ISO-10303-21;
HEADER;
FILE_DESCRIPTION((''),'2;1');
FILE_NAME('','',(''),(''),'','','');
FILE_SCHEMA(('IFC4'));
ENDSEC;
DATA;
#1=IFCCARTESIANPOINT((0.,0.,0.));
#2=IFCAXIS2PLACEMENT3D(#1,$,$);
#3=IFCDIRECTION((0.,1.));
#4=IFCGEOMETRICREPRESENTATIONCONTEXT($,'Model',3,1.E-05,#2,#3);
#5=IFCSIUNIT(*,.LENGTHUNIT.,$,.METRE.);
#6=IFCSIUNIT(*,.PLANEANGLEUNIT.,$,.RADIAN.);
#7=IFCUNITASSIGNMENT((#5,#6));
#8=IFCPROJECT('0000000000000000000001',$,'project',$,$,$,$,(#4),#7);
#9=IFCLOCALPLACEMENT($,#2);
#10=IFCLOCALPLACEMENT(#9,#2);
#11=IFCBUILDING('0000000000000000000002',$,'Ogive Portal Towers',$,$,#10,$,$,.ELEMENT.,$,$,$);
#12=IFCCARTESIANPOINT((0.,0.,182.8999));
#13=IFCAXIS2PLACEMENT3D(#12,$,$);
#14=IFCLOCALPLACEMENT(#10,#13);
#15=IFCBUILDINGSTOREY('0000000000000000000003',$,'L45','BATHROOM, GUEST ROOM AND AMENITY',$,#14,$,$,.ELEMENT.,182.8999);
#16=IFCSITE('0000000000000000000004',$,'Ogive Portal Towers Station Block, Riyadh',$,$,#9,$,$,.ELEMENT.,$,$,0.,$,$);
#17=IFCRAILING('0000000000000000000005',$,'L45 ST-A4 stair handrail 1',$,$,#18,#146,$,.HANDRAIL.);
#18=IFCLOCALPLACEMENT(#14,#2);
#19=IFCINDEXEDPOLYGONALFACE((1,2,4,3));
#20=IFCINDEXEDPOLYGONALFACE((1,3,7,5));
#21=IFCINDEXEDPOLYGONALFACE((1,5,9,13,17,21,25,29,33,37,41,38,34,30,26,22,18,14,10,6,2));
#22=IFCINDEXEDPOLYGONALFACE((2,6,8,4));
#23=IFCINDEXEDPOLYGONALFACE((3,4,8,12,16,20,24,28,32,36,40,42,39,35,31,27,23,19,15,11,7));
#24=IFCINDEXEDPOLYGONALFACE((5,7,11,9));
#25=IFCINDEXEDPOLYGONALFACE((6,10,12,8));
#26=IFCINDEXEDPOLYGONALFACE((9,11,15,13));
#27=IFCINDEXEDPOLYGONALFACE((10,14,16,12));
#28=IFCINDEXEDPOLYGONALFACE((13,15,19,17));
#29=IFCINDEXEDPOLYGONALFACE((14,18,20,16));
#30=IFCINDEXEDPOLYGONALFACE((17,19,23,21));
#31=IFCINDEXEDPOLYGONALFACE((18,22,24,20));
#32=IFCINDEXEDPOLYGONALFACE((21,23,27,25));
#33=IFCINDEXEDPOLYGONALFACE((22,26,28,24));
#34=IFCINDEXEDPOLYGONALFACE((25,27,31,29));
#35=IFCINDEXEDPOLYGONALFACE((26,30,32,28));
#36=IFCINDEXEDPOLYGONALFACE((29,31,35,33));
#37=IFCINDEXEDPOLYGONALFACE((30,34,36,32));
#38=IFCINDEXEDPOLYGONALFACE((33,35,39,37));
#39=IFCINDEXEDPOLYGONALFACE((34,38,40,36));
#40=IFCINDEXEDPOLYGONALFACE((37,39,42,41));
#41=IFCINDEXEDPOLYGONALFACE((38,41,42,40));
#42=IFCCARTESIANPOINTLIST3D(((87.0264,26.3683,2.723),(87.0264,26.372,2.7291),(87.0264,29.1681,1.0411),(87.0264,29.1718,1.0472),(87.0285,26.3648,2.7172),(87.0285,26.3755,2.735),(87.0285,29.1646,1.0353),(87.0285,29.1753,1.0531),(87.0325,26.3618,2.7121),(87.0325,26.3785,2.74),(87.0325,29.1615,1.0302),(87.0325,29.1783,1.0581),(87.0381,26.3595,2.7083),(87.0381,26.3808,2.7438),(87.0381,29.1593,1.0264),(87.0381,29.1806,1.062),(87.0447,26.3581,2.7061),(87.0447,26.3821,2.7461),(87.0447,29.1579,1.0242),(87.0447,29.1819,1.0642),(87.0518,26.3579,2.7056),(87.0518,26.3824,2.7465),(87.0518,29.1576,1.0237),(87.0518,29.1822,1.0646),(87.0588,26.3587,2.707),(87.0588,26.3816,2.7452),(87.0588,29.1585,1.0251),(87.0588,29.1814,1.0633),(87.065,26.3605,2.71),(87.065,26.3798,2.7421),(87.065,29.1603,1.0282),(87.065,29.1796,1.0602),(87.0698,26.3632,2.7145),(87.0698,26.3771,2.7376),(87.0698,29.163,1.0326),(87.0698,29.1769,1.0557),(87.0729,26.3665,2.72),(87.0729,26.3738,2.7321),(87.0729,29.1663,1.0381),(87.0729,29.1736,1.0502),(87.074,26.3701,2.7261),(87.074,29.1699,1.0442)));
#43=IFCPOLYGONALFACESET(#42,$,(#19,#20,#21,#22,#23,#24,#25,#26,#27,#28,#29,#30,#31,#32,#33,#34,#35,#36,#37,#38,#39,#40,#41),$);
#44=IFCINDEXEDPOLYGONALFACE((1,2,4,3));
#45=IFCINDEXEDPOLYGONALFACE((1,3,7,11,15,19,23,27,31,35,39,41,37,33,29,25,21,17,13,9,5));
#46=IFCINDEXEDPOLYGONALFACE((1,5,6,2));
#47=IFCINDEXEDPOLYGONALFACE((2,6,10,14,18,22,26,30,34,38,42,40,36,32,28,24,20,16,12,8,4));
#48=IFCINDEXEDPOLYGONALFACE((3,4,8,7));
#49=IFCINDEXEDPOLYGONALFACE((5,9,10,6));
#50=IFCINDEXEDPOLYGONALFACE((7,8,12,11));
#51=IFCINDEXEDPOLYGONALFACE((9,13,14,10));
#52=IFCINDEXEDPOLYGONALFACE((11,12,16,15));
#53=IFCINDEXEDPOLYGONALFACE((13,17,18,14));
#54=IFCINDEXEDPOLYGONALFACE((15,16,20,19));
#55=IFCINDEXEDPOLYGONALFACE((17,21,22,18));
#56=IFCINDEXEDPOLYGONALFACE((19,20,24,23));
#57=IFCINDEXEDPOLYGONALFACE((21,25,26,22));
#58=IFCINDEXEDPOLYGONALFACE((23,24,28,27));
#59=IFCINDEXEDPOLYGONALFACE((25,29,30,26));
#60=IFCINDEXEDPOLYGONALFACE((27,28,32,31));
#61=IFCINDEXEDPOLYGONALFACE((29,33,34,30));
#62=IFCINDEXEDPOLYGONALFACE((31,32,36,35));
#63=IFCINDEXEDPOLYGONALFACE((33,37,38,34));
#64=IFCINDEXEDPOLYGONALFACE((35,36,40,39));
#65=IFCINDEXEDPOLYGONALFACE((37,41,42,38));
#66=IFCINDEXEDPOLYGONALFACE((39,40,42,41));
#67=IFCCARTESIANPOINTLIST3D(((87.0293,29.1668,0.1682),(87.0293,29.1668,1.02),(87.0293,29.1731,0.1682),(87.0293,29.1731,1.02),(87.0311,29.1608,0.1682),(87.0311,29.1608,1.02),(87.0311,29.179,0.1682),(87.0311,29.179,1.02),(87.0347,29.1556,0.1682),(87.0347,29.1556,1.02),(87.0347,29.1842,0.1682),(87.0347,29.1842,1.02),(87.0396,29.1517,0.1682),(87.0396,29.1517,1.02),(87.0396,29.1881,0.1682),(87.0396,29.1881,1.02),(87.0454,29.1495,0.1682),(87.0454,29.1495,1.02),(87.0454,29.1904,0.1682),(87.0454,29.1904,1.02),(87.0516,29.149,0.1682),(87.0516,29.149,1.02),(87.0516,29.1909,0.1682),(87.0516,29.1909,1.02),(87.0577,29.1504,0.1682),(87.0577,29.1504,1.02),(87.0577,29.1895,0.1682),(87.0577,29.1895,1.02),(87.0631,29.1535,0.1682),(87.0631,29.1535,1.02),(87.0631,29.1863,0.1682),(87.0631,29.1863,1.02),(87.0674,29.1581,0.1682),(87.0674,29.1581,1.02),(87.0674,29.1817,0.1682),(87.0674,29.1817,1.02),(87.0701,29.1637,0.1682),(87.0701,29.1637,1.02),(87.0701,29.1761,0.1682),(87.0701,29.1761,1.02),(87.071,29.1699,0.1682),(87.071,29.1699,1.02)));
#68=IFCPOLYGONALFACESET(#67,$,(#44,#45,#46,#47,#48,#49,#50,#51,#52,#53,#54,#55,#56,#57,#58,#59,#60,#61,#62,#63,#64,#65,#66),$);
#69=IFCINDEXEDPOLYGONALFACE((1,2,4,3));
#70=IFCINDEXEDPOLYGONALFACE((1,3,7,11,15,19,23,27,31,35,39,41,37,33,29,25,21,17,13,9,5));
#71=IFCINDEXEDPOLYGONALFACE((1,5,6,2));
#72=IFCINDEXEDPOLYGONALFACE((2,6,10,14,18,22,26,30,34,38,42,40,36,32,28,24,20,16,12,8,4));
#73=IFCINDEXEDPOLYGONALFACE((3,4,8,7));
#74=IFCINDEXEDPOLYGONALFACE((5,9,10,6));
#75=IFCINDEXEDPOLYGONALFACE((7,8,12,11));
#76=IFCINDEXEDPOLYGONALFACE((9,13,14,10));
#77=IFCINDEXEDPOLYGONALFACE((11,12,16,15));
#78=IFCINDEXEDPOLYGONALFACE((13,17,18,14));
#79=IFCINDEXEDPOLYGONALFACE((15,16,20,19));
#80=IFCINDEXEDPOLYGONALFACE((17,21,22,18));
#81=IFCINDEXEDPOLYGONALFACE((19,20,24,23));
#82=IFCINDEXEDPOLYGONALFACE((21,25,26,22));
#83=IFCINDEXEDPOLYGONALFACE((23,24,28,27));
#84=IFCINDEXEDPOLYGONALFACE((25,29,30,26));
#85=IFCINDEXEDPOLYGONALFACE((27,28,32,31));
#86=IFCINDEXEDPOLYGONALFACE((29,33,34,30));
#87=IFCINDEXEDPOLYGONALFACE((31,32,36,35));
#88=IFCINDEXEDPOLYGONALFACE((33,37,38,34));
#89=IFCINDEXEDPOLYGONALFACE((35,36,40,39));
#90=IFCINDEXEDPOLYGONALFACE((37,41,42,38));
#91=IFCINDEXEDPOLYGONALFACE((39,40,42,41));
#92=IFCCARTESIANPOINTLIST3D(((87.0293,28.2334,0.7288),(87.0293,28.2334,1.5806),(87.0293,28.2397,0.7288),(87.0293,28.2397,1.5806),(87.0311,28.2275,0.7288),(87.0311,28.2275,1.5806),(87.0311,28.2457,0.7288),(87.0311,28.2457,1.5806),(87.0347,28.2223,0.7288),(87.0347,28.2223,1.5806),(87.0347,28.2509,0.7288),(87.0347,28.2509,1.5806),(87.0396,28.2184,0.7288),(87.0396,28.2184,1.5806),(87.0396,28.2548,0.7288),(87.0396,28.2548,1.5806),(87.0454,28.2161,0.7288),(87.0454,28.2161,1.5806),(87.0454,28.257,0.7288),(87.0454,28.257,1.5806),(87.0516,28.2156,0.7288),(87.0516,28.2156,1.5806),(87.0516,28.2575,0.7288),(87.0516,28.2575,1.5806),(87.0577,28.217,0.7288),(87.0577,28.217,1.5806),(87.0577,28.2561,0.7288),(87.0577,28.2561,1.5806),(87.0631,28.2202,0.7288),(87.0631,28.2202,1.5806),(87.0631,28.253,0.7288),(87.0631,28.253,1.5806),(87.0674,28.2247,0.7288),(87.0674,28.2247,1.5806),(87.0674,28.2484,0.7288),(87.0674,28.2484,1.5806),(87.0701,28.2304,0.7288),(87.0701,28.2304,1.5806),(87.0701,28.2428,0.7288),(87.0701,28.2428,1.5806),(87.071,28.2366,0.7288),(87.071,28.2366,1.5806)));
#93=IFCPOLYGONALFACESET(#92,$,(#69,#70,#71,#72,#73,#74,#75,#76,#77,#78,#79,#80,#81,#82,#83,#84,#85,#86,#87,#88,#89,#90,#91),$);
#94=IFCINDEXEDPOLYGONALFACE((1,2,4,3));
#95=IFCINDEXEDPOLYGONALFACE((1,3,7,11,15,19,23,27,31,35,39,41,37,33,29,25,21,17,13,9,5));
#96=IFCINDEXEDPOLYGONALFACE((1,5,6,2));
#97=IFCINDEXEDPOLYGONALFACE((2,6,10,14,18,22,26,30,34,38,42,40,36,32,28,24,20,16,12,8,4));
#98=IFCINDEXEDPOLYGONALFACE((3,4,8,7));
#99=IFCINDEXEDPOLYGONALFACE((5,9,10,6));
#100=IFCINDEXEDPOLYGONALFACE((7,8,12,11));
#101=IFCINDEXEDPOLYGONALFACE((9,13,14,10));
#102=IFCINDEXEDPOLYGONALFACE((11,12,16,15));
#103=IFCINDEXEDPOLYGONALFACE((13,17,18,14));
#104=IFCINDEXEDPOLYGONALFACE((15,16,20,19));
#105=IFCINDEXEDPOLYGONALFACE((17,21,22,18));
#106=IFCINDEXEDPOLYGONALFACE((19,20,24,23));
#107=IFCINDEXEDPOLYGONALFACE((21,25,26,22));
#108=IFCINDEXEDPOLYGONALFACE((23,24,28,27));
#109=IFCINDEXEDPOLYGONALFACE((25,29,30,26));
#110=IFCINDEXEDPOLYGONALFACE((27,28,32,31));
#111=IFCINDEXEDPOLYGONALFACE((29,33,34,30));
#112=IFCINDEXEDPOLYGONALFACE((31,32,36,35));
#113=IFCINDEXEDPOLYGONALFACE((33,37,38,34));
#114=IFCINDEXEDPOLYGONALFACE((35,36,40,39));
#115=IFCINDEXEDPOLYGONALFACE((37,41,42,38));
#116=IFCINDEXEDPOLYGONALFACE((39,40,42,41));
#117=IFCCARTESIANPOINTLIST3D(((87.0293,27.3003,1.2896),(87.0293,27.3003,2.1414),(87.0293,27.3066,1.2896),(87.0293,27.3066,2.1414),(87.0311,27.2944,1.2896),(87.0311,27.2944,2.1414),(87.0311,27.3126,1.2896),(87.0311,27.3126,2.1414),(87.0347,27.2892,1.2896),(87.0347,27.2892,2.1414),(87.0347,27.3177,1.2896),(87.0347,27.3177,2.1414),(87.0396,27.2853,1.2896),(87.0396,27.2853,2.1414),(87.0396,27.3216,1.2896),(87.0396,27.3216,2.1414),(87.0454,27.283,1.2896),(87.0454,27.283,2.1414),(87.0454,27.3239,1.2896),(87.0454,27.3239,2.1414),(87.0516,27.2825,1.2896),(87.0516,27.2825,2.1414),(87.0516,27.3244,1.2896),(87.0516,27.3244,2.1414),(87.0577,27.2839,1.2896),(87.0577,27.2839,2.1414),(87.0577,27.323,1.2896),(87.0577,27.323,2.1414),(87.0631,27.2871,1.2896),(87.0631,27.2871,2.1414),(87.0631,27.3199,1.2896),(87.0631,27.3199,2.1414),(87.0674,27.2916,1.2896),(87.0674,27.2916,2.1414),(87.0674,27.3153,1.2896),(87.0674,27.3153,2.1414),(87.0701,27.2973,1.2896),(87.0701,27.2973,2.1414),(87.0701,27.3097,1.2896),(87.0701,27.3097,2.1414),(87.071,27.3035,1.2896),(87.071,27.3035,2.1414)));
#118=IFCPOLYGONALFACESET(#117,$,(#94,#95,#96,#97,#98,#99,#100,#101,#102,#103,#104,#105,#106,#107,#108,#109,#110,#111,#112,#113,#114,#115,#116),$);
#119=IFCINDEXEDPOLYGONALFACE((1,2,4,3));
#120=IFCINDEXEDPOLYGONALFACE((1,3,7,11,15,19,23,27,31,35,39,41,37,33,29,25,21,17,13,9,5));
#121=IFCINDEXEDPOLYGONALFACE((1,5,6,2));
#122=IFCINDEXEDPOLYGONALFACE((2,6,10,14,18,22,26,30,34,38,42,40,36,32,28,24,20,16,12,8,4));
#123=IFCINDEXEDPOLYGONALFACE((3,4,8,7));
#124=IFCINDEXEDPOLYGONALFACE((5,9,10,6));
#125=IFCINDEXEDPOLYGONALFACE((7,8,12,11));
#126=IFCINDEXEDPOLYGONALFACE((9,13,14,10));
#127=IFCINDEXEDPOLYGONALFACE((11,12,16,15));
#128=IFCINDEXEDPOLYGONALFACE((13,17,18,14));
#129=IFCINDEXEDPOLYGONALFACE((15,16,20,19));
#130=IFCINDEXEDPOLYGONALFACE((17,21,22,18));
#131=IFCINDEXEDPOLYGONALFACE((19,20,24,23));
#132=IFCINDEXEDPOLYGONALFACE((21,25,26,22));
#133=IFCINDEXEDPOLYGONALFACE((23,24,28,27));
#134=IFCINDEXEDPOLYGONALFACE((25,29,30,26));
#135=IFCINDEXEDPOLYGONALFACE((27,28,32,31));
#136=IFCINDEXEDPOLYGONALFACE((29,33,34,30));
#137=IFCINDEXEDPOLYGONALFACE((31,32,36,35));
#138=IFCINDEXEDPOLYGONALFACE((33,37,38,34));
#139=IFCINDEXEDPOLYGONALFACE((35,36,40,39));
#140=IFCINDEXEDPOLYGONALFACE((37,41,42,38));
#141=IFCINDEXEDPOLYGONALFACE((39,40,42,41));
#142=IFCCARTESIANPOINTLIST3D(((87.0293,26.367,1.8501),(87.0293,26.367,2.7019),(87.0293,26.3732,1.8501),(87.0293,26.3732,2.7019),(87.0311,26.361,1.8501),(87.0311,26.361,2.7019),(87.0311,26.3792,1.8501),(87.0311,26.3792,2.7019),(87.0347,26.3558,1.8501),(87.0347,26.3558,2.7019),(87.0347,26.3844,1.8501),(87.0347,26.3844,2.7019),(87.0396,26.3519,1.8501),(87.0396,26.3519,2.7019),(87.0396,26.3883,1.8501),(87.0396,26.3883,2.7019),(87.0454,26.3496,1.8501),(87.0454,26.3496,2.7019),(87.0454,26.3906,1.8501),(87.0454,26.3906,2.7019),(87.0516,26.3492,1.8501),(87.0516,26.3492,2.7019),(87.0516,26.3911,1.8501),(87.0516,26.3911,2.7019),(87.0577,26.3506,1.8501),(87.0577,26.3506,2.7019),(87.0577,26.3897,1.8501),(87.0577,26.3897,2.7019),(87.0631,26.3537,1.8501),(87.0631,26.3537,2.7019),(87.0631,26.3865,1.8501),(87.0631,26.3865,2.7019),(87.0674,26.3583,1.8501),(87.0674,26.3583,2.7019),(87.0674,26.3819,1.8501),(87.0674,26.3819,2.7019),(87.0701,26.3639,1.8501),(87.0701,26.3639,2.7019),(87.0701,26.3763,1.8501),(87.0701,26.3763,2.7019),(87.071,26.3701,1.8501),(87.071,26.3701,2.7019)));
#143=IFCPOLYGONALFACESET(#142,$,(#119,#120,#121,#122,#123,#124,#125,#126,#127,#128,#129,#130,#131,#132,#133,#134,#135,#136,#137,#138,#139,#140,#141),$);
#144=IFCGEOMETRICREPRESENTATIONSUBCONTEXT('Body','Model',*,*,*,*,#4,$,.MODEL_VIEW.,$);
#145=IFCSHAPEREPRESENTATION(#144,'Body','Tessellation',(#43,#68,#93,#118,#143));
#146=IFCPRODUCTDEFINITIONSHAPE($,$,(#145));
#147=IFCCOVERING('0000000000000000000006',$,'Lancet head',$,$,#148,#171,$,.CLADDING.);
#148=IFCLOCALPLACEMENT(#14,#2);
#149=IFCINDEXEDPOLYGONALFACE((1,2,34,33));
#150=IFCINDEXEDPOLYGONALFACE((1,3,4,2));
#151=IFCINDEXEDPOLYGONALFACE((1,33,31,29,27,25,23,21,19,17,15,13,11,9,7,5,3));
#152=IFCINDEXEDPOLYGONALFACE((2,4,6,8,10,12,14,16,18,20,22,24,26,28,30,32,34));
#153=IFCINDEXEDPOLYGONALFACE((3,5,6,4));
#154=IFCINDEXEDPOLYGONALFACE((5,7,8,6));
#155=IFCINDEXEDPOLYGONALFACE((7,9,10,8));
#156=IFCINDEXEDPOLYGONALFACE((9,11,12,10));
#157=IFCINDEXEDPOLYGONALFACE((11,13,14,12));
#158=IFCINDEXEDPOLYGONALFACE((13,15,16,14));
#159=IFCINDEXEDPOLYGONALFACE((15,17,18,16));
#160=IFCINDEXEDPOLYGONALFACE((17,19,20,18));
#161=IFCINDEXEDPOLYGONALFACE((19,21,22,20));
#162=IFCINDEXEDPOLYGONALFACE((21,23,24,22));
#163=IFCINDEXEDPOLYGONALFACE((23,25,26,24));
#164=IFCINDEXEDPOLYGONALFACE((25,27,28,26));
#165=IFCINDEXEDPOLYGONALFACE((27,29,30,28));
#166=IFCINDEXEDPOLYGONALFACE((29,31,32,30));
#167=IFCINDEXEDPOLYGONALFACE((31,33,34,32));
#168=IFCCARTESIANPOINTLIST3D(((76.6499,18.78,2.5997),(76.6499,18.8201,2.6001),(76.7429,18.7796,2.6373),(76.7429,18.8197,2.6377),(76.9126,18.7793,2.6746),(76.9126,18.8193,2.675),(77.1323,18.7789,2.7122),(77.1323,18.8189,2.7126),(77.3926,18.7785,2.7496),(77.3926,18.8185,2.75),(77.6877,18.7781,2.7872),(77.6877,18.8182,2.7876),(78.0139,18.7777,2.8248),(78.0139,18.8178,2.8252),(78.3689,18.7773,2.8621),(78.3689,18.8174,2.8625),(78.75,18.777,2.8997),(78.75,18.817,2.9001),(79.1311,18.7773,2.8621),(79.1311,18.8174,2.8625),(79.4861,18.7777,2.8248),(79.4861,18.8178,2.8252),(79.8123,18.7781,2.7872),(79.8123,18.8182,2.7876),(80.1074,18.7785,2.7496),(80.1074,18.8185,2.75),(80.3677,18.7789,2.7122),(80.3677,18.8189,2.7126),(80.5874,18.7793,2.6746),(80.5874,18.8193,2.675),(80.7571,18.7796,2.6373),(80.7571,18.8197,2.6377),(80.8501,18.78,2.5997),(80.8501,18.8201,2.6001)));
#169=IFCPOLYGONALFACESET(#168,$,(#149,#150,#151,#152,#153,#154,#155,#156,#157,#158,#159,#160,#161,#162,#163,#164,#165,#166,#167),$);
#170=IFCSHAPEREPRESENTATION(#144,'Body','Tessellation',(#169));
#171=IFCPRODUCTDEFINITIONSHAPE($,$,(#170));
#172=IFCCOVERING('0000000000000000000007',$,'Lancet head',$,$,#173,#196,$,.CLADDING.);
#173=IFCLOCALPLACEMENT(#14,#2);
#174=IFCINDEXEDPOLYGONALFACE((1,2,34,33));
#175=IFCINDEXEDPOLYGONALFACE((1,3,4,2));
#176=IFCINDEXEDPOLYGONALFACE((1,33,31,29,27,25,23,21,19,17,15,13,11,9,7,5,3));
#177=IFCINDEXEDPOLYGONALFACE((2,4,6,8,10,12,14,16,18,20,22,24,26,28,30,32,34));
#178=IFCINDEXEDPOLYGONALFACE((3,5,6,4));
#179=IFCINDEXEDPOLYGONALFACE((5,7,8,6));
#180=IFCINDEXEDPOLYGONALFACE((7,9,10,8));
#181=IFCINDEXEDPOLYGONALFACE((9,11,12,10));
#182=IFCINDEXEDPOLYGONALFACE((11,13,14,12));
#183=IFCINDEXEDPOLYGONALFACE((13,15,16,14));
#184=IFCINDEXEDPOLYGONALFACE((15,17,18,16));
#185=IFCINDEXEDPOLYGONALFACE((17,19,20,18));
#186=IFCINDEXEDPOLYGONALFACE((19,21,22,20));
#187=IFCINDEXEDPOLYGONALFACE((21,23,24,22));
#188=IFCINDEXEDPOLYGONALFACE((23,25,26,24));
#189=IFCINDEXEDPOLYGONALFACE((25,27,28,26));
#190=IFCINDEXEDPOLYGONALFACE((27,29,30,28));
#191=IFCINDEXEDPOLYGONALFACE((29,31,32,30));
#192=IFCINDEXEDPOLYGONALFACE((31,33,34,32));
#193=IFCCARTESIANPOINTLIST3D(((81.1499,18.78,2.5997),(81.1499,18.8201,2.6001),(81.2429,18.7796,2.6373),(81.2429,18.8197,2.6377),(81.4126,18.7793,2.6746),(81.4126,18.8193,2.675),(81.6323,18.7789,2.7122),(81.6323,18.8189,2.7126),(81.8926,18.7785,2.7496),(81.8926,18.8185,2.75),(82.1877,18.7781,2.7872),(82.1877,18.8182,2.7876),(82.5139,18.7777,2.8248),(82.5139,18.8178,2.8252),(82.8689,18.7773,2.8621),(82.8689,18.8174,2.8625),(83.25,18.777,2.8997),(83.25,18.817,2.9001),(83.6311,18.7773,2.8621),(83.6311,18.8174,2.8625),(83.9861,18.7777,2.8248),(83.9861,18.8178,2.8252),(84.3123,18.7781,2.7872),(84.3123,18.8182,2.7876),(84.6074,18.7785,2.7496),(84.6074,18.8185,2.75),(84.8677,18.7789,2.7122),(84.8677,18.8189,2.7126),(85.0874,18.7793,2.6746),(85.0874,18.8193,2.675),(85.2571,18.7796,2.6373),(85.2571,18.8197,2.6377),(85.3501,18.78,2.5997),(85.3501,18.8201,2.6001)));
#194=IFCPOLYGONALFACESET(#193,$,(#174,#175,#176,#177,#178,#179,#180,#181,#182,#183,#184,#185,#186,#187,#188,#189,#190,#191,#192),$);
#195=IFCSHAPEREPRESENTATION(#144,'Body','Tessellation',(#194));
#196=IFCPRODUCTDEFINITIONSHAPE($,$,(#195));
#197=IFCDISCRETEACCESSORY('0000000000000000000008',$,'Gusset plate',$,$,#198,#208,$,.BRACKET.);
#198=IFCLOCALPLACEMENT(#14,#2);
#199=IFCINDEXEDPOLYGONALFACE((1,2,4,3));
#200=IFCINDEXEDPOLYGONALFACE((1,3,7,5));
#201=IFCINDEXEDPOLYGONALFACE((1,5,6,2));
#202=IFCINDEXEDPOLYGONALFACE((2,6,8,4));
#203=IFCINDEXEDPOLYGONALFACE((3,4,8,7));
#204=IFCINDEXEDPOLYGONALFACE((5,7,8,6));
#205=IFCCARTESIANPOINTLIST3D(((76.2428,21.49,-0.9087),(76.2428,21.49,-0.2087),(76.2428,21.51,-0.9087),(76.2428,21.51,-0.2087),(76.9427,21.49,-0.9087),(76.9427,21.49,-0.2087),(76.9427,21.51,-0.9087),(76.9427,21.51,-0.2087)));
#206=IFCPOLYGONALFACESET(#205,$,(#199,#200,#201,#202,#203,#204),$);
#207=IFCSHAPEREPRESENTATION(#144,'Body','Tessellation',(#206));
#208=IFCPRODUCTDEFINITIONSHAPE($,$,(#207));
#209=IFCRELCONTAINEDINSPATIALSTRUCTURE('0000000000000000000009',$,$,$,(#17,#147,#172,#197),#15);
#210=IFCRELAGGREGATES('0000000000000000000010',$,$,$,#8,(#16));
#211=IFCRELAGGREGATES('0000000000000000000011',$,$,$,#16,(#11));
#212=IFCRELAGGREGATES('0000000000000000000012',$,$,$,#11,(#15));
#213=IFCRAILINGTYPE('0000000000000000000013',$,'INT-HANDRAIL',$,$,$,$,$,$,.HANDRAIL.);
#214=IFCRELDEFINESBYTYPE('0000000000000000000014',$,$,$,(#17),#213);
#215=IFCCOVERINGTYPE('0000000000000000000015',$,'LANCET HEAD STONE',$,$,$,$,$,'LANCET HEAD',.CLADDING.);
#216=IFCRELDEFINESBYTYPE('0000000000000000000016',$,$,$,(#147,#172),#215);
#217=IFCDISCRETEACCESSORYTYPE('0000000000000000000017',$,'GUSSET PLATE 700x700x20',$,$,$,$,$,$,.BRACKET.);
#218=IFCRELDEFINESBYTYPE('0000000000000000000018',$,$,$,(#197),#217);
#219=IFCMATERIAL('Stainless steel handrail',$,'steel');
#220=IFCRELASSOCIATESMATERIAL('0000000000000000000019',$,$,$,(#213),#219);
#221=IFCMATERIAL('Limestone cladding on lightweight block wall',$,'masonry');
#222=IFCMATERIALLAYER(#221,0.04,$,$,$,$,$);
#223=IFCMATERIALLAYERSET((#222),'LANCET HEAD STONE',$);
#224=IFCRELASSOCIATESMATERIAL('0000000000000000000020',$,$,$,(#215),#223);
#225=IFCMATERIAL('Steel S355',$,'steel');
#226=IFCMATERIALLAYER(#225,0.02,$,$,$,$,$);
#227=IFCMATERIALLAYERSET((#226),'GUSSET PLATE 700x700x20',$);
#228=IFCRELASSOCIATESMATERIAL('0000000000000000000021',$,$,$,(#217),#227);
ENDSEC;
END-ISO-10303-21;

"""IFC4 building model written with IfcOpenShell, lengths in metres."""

from ifc_helpers import new_model, si_unit, direction, frame, origin, origin_2d, place, context, subcontext, project, spatial, polyline, rectangle, circle, outline, extrude, material, layer, layer_set, type_object, element, save


model = new_model("IFC4")

# Units and contexts
model_context = context("Model", 3, precision=1e-05, world=origin(), true_north=direction((0.0, 1.0)))
body_context = subcontext(model_context, "Body", "Model", "MODEL_VIEW")
ifc_project = project(units=[si_unit("LENGTHUNIT", "METRE"), si_unit("PLANEANGLEUNIT", "RADIAN")], contexts=[model_context])

# Site, building, storey
site_placement = place(None, origin())
site = spatial("IfcSite", under=ifc_project, at=site_placement, Name="Ogive Portal Towers Station Block, Riyadh", CompositionType="ELEMENT", RefElevation=0.0)
building_placement = place(site_placement, origin())
building = spatial("IfcBuilding", under=site, at=building_placement, Name="Ogive Portal Towers", CompositionType="ELEMENT")
storey_placement = place(building_placement, frame((0.0, 0.0, 182.8999)))
storey = spatial("IfcBuildingStorey", under=building, at=storey_placement, Name="L45", Description="BATHROOM, GUEST ROOM AND AMENITY", CompositionType="ELEMENT", Elevation=182.8999)

# Shared definitions
ifc_material_1 = material(Name="Steel S355", Category="steel")

# Railing
ifc_material_2 = material(Name="Stainless steel handrail", Category="steel")
railing_type = type_object("IfcRailingType", Name="INT-HANDRAIL", PredefinedType="HANDRAIL", material=ifc_material_2)
railing_placement = place(storey_placement, frame((87.05, 29.1699, 0.1682)))
element("IfcRailing", 1, at=railing_placement, inside=storey, type_object=railing_type, Name="L45 ST-A4 stair handrail 1", PredefinedType="HANDRAIL", context=body_context, shape_type="SweptSolid", body=[
    extrude(circle(Radius=0.0239, at=origin_2d()), frame((0.0, 0.0, 0.876), z_axis=(0.0, -0.857222, 0.514946), x_axis=(1.0, 0.0, 0.0)), (0.0, 0.0, 1.0), 3.2661),
    extrude(circle(Radius=0.021, at=origin_2d()), origin(), (0.0, 0.0, 1.0), 0.8518),
    extrude(circle(Radius=0.021, at=origin_2d()), frame((0.0, -0.9333, 0.5605)), (0.0, 0.0, 1.0), 0.8518),
    extrude(circle(Radius=0.021, at=origin_2d()), frame((0.0, -1.8665, 1.1213)), (0.0, 0.0, 1.0), 0.8518),
    extrude(circle(Radius=0.021, at=origin_2d()), frame((0.0, -2.7998, 1.6819)), (0.0, 0.0, 1.0), 0.8518),
])

# Coverings
ifc_material_3 = material(Name="Limestone cladding on lightweight block wall", Category="masonry")
ifc_layer_1 = layer(ifc_material_3, 0.04)
ifc_layer_set_1 = layer_set([ifc_layer_1], Name="LANCET HEAD STONE")
covering_type = type_object("IfcCoveringType", Name="LANCET HEAD STONE", ElementType="LANCET HEAD", PredefinedType="CLADDING", material=ifc_layer_set_1)
for number, where, z_axis, x_axis, name in (
    (2, (76.6499, 18.8201, 2.6001), (0.0, 0.999948, 0.010228), (1.0, 0.0, 0.0), "Lancet head"),
    (3, (81.1499, 18.8201, 2.6001), (0.0, 0.999948, 0.010228), (1.0, 0.0, 0.0), "Lancet head"),
):
    element("IfcCovering", number, at=place(storey_placement, frame(where, z_axis=z_axis, x_axis=x_axis)), inside=storey, type_object=covering_type, Name=name, PredefinedType="CLADDING", context=body_context, shape_type="SweptSolid", body=[
        extrude(outline(polyline([(0.0, 0.0), (4.2002, 0.0), (4.1072, -0.0376), (3.9375, -0.075), (3.7178, -0.1126), (3.4575, -0.1499), (3.1624, -0.1875), (2.8362, -0.2251), (2.4812, -0.2625), (2.1001, -0.3001), (1.719, -0.2625), (1.364, -0.2251), (1.0378, -0.1875), (0.7427, -0.1499), (0.4824, -0.1126), (0.2627, -0.075), (0.093, -0.0376), (0.0, 0.0)])), origin(), (0.0, 0.0, -1.0), 0.04),
    ])

# Discrete accessory
ifc_layer_2 = layer(ifc_material_1, 0.02)
ifc_layer_set_2 = layer_set([ifc_layer_2], Name="GUSSET PLATE 700x700x20")
discrete_accessory_type = type_object("IfcDiscreteAccessoryType", Name="GUSSET PLATE 700x700x20", PredefinedType="BRACKET", material=ifc_layer_set_2)
for number, where, z_axis, x_axis, name in (
    (4, (76.5928, 21.5, -0.9087), (0.0, 0.0, 1.0), (1.0, 0.0, 0.0), "Gusset plate"),
):
    element("IfcDiscreteAccessory", number, at=place(storey_placement, frame(where, z_axis=z_axis, x_axis=x_axis)), inside=storey, type_object=discrete_accessory_type, Name=name, PredefinedType="BRACKET", context=body_context, shape_type="SweptSolid", body=[
        extrude(rectangle(XDim=0.7, YDim=0.02, at=origin_2d()), origin(), (0.0, 0.0, 1.0), 0.7),
    ])

save(model, "model.ifc")
